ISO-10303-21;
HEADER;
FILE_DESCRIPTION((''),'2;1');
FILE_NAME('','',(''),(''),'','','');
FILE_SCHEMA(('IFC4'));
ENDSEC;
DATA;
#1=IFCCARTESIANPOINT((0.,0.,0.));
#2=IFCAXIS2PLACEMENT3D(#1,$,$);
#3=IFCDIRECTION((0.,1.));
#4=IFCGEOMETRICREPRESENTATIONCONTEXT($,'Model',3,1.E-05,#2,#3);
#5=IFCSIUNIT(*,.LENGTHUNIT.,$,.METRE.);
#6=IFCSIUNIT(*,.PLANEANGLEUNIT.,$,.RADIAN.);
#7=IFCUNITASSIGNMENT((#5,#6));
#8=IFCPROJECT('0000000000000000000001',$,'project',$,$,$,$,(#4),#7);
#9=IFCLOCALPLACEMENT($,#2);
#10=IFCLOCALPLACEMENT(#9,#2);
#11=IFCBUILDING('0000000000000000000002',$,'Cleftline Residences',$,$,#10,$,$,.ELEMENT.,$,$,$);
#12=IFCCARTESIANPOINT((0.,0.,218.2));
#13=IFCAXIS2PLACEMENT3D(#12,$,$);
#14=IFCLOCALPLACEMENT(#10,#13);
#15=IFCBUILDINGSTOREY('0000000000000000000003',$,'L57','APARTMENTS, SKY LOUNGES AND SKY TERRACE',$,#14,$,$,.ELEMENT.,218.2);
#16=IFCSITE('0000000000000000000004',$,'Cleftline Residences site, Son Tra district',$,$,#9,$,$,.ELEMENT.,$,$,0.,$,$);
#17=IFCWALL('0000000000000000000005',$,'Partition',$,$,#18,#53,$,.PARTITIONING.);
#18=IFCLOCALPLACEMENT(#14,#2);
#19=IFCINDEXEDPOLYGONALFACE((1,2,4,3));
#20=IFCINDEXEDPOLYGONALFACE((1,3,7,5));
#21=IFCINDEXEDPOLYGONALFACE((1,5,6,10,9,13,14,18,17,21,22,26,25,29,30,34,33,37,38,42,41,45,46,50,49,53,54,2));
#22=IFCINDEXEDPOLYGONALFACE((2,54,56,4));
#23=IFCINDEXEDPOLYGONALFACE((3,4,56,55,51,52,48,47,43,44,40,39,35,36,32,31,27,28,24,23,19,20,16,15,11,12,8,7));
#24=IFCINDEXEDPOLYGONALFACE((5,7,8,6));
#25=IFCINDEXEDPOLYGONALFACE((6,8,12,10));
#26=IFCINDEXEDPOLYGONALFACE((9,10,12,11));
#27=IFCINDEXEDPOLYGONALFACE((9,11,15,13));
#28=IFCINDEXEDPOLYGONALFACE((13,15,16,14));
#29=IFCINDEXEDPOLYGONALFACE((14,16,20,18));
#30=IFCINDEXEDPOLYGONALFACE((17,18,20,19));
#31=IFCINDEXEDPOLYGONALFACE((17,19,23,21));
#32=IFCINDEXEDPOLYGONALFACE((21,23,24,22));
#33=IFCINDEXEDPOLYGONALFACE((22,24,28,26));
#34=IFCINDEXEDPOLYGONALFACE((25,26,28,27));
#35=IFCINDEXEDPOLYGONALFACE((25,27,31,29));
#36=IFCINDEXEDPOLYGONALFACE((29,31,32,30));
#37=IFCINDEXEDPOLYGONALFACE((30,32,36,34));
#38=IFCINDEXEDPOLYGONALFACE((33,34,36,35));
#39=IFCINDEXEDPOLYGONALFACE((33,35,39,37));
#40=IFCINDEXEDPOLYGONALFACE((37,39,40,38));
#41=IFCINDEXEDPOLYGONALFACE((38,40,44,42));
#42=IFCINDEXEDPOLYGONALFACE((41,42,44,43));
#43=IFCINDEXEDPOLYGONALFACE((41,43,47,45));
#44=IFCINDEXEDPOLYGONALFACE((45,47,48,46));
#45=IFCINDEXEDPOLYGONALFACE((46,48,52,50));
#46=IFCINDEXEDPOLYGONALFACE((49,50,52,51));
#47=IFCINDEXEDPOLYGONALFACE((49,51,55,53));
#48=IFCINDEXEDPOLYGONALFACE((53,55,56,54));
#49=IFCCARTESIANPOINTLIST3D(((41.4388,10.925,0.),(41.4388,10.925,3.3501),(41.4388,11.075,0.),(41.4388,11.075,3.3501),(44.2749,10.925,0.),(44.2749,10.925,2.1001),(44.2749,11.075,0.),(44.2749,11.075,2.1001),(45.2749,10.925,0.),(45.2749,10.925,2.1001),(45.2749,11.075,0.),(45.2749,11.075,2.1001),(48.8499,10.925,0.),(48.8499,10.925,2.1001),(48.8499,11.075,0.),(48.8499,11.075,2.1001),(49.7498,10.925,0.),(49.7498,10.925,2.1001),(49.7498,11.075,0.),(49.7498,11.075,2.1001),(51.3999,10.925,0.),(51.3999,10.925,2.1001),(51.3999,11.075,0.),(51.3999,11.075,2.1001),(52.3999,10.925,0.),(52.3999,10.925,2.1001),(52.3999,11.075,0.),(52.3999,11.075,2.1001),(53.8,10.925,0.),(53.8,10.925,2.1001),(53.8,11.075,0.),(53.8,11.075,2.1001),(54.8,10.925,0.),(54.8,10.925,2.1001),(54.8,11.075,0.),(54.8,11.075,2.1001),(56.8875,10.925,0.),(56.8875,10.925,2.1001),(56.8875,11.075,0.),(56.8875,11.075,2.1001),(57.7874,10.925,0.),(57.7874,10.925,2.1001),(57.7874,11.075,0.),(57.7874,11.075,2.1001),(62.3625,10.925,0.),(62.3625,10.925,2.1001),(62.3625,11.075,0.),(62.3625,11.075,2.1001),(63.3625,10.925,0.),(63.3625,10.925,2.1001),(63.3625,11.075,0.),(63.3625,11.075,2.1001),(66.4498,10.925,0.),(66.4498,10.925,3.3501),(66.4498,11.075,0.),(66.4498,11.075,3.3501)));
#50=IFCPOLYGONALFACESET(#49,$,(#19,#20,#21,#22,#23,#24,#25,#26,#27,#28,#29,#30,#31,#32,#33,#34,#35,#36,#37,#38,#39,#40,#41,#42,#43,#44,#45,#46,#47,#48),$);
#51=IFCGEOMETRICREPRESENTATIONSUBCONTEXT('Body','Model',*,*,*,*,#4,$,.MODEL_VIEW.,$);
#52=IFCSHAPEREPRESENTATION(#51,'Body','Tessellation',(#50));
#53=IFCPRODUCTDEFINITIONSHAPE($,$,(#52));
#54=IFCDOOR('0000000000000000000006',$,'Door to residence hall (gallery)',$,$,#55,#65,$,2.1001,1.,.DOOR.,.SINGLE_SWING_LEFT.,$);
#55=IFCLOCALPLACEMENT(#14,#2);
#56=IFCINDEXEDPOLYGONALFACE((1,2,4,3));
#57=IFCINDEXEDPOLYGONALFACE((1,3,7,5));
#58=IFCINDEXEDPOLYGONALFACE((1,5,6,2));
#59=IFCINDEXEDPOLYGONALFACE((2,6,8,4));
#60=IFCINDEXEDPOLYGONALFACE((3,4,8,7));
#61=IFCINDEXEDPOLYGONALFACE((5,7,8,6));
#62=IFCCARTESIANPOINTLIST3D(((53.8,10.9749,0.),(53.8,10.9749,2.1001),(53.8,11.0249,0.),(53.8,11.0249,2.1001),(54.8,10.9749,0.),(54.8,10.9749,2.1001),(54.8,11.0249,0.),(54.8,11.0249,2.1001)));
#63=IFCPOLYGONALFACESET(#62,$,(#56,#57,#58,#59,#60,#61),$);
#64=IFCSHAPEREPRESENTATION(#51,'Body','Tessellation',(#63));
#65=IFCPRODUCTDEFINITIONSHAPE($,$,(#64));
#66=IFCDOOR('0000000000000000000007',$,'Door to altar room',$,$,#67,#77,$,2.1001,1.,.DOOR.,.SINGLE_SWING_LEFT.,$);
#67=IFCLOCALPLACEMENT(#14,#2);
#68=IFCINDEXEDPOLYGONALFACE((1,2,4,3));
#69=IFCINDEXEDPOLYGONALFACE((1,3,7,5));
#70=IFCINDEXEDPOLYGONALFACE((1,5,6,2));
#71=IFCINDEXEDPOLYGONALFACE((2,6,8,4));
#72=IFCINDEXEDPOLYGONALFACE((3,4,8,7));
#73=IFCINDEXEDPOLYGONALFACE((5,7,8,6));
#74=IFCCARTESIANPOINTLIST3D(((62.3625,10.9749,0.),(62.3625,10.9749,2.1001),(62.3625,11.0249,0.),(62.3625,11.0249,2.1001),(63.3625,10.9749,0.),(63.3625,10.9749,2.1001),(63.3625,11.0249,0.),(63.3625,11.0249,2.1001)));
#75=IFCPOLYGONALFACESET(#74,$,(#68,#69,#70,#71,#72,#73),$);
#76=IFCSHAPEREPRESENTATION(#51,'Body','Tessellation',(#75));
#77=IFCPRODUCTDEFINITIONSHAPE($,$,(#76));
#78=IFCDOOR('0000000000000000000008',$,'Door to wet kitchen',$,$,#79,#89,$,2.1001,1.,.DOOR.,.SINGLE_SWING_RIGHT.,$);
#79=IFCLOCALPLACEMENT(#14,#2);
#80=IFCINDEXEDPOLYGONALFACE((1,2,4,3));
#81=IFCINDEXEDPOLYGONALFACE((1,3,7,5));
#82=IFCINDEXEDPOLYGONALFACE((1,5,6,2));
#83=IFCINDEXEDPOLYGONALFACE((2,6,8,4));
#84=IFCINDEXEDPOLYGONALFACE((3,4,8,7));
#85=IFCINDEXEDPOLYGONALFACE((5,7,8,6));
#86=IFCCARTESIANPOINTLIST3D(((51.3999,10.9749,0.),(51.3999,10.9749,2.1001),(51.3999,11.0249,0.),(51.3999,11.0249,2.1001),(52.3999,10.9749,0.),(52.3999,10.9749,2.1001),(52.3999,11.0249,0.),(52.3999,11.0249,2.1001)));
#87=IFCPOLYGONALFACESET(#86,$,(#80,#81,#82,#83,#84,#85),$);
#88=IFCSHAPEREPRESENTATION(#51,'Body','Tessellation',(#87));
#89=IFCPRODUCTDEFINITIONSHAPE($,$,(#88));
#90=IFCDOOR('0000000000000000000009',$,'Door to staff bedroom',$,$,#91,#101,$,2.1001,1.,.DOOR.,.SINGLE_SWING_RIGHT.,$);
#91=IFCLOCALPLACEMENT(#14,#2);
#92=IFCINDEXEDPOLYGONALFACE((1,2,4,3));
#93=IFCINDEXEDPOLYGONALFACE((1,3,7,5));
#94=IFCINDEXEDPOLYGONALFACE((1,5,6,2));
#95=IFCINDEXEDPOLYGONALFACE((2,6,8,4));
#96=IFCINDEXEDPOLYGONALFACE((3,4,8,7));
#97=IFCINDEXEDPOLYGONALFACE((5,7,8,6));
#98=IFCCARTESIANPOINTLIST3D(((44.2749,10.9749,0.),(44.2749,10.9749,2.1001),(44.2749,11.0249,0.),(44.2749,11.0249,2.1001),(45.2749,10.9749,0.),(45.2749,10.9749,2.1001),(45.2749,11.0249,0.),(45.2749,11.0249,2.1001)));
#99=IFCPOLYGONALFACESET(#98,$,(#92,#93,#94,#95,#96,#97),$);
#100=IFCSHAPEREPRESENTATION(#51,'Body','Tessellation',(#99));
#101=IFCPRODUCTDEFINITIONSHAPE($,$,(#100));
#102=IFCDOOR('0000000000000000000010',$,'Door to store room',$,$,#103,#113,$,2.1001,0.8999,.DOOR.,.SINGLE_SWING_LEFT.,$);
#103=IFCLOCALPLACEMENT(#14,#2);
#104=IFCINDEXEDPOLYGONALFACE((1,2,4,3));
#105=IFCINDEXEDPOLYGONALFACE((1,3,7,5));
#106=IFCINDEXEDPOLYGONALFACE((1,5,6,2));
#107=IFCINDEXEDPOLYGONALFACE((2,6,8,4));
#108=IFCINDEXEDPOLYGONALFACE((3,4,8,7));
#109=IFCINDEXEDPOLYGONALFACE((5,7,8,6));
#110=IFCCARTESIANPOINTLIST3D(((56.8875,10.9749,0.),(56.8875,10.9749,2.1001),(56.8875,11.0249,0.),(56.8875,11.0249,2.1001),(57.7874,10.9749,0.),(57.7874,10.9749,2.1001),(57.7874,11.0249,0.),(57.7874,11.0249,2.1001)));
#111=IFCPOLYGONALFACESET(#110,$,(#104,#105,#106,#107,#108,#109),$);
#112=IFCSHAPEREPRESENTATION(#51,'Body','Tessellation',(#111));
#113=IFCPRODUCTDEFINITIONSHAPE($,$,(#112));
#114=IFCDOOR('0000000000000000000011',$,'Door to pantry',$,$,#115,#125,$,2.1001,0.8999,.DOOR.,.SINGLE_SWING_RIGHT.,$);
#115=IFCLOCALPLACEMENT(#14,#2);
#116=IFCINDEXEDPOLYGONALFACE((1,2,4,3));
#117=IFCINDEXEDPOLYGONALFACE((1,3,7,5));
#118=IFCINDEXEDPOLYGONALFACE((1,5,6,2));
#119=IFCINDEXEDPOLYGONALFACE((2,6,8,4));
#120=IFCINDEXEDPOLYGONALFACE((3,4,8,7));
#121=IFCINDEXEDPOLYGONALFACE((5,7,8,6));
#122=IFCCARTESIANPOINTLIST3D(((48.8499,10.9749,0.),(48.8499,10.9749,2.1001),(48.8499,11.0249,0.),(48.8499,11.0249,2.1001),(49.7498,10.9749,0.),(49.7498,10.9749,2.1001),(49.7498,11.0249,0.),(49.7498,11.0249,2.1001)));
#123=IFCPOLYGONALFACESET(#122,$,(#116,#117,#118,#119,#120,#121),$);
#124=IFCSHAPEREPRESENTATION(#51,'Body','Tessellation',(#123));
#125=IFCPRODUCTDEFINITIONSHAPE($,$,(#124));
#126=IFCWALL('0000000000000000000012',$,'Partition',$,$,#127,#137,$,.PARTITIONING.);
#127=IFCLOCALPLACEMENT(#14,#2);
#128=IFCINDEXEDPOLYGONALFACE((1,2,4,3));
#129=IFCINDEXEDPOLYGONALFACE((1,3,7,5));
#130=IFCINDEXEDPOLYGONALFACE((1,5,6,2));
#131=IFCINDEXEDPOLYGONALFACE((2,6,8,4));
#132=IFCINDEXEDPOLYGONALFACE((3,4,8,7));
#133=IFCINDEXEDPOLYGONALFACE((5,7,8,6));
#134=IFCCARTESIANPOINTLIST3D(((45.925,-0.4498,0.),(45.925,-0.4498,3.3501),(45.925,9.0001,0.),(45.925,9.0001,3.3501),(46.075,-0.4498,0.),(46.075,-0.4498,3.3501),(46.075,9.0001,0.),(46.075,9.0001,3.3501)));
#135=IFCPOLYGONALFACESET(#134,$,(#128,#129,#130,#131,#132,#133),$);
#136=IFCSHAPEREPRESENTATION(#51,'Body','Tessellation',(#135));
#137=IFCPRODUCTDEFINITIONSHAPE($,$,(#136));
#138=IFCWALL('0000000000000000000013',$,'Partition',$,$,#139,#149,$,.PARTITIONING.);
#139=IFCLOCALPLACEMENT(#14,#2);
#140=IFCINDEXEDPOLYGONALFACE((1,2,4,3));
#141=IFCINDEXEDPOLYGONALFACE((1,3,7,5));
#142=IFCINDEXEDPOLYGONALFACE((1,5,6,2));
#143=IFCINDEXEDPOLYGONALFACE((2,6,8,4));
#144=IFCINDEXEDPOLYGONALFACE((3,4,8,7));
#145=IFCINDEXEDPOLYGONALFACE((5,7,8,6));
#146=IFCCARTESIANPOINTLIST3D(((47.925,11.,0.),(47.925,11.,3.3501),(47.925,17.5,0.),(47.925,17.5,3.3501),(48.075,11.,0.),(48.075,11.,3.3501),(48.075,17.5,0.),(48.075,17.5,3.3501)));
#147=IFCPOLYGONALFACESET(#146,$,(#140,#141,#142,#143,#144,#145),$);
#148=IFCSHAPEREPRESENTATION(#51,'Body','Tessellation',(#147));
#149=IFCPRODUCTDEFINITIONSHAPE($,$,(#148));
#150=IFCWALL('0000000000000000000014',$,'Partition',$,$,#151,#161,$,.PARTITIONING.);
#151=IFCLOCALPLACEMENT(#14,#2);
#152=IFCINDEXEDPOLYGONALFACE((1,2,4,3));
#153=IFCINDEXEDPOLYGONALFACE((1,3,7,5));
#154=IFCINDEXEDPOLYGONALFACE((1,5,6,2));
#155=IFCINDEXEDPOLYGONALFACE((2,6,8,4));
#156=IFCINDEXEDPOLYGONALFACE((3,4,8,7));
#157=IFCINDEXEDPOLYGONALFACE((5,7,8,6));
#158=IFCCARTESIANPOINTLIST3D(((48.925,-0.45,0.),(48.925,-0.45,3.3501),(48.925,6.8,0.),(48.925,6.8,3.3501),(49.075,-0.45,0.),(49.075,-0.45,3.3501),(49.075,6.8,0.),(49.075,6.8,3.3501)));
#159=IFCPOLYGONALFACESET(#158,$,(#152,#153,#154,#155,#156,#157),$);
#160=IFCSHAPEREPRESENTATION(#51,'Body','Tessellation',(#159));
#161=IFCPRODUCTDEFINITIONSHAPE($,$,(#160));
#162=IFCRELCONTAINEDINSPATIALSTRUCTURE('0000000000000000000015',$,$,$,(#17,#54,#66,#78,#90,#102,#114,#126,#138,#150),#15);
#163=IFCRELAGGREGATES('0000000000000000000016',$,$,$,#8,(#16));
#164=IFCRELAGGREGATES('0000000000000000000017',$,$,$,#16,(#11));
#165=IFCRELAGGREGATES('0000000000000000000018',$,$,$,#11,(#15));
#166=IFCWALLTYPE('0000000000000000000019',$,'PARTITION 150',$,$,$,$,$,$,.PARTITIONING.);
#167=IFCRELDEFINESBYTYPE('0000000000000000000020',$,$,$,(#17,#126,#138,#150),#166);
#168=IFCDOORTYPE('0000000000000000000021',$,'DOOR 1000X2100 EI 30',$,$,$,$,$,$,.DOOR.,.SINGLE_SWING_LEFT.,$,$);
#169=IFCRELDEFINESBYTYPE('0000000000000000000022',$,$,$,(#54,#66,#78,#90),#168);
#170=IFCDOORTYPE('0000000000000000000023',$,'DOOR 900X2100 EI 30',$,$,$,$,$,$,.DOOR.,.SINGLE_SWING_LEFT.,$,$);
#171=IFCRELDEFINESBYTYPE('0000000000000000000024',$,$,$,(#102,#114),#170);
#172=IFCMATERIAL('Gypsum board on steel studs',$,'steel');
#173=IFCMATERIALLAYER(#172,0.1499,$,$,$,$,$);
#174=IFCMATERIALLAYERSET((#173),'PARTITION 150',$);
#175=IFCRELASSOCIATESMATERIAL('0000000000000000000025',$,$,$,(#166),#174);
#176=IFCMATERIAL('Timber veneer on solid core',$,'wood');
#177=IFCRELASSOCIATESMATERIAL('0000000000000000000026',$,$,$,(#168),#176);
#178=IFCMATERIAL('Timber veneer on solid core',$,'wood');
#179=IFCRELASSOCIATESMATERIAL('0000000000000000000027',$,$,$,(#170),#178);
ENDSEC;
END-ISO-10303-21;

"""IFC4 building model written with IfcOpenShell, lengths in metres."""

from ifc_helpers import new_model, si_unit, direction, frame, frame_2d, origin, place, context, subcontext, project, spatial, rectangle, extrude, material, layer, layer_set, type_object, element, fill, save


model = new_model("IFC4")

# Units and contexts
model_context = context("Model", 3, precision=1e-05, world=origin(), true_north=direction((0.0, 1.0)))
body_context = subcontext(model_context, "Body", "Model", "MODEL_VIEW")
ifc_project = project(units=[si_unit("LENGTHUNIT", "METRE"), si_unit("PLANEANGLEUNIT", "RADIAN")], contexts=[model_context])

# Site, building, storey
site_placement = place(None, origin())
site = spatial("IfcSite", under=ifc_project, at=site_placement, Name="Cleftline Residences site, Son Tra district", CompositionType="ELEMENT", RefElevation=0.0)
building_placement = place(site_placement, origin())
building = spatial("IfcBuilding", under=site, at=building_placement, Name="Cleftline Residences", CompositionType="ELEMENT")
storey_placement = place(building_placement, frame((0.0, 0.0, 218.2)))
storey = spatial("IfcBuildingStorey", under=building, at=storey_placement, Name="L57", Description="APARTMENTS, SKY LOUNGES AND SKY TERRACE", CompositionType="ELEMENT", Elevation=218.2)

# Wall, openings, doors
ifc_material_1 = material(Name="Gypsum board on steel studs", Category="steel")
ifc_layer = layer(ifc_material_1, 0.1499)
ifc_layer_set = layer_set([ifc_layer], Name="PARTITION 150")
wall_type = type_object("IfcWallType", Name="PARTITION 150", PredefinedType="PARTITIONING", material=ifc_layer_set)
wall_1_placement = place(storey_placement, frame((41.439, 11.0, 0.0), z_axis=(0.0, 0.0, 1.0), x_axis=(1.0, 0.0, 0.0)))
wall_1 = element("IfcWall", 1, at=wall_1_placement, inside=storey, type_object=wall_type, Name="Partition", PredefinedType="PARTITIONING", context=body_context, shape_type="SweptSolid", body=[
    extrude(rectangle(XDim=25.011, YDim=0.1499, at=frame_2d((12.5054, 0.0))), origin(), (0.0, 0.0, 1.0), 3.3501),
])
opening_1_placement = place(wall_1_placement, frame((12.3611, 0.0, 0.0)))
opening_1 = element("IfcOpeningElement", 2, at=opening_1_placement, cuts=wall_1, PredefinedType="OPENING", context=body_context, shape_type="SweptSolid", body=[
    extrude(rectangle(XDim=1.0, YDim=2.1001, at=frame_2d((0.5, 1.05))), frame((0.0, 0.085, 0.0), z_axis=(0.0, -1.0, 0.0), x_axis=(1.0, 0.0, 0.0)), (0.0, 0.0, 1.0), 0.1699),
])
opening_2_placement = place(wall_1_placement, frame((20.9236, 0.0, 0.0)))
opening_2 = element("IfcOpeningElement", 3, at=opening_2_placement, cuts=wall_1, PredefinedType="OPENING", context=body_context, shape_type="SweptSolid", body=[
    extrude(rectangle(XDim=1.0, YDim=2.1001, at=frame_2d((0.5, 1.05))), frame((0.0, 0.085, 0.0), z_axis=(0.0, -1.0, 0.0), x_axis=(1.0, 0.0, 0.0)), (0.0, 0.0, 1.0), 0.1699),
])
opening_3_placement = place(wall_1_placement, frame((15.4485, 0.0, 0.0)))
opening_3 = element("IfcOpeningElement", 4, at=opening_3_placement, cuts=wall_1, PredefinedType="OPENING", context=body_context, shape_type="SweptSolid", body=[
    extrude(rectangle(XDim=0.8999, YDim=2.1001, at=frame_2d((0.45, 1.05))), frame((0.0, 0.085, 0.0), z_axis=(0.0, -1.0, 0.0), x_axis=(1.0, 0.0, 0.0)), (0.0, 0.0, 1.0), 0.1699),
])
opening_4_placement = place(wall_1_placement, frame((9.9609, 0.0, 0.0)))
opening_4 = element("IfcOpeningElement", 5, at=opening_4_placement, cuts=wall_1, PredefinedType="OPENING", context=body_context, shape_type="SweptSolid", body=[
    extrude(rectangle(XDim=1.0, YDim=2.1001, at=frame_2d((0.5, 1.05))), frame((0.0, 0.085, 0.0), z_axis=(0.0, -1.0, 0.0), x_axis=(1.0, 0.0, 0.0)), (0.0, 0.0, 1.0), 0.1699),
])
opening_5_placement = place(wall_1_placement, frame((7.4109, 0.0, 0.0)))
opening_5 = element("IfcOpeningElement", 6, at=opening_5_placement, cuts=wall_1, PredefinedType="OPENING", context=body_context, shape_type="SweptSolid", body=[
    extrude(rectangle(XDim=0.8999, YDim=2.1001, at=frame_2d((0.45, 1.05))), frame((0.0, 0.085, 0.0), z_axis=(0.0, -1.0, 0.0), x_axis=(1.0, 0.0, 0.0)), (0.0, 0.0, 1.0), 0.1699),
])
opening_6_placement = place(wall_1_placement, frame((2.8359, 0.0, 0.0)))
opening_6 = element("IfcOpeningElement", 7, at=opening_6_placement, cuts=wall_1, PredefinedType="OPENING", context=body_context, shape_type="SweptSolid", body=[
    extrude(rectangle(XDim=1.0, YDim=2.1001, at=frame_2d((0.5, 1.05))), frame((0.0, 0.085, 0.0), z_axis=(0.0, -1.0, 0.0), x_axis=(1.0, 0.0, 0.0)), (0.0, 0.0, 1.0), 0.1699),
])
ifc_material_2 = material(Name="Timber veneer on solid core", Category="wood")
door_type_1 = type_object("IfcDoorType", Name="DOOR 1000X2100 EI 30", OperationType="SINGLE_SWING_LEFT", PredefinedType="DOOR", material=ifc_material_2)
door_1_placement = place(opening_1_placement, origin())
door_1 = element("IfcDoor", 8, at=door_1_placement, inside=storey, type_object=door_type_1, Name="Door to residence hall (gallery)", OperationType="SINGLE_SWING_LEFT", OverallHeight=2.1001, OverallWidth=1.0, PredefinedType="DOOR", context=body_context, shape_type="SweptSolid", body=[
    extrude(rectangle(XDim=1.0, YDim=2.1001, at=frame_2d((0.5, 1.05))), frame((0.0, 0.0249, 0.0), z_axis=(0.0, -1.0, 0.0), x_axis=(1.0, 0.0, 0.0)), (0.0, 0.0, 1.0), 0.05),
])
fill(opening_1, door_1)
door_2_placement = place(opening_2_placement, origin())
door_2 = element("IfcDoor", 9, at=door_2_placement, inside=storey, type_object=door_type_1, Name="Door to altar room", OperationType="SINGLE_SWING_LEFT", OverallHeight=2.1001, OverallWidth=1.0, PredefinedType="DOOR", context=body_context, shape_type="SweptSolid", body=[
    extrude(rectangle(XDim=1.0, YDim=2.1001, at=frame_2d((0.5, 1.05))), frame((0.0, 0.0249, 0.0), z_axis=(0.0, -1.0, 0.0), x_axis=(1.0, 0.0, 0.0)), (0.0, 0.0, 1.0), 0.05),
])
fill(opening_2, door_2)
door_3_placement = place(opening_4_placement, origin())
door_3 = element("IfcDoor", 10, at=door_3_placement, inside=storey, type_object=door_type_1, Name="Door to wet kitchen", OperationType="SINGLE_SWING_RIGHT", OverallHeight=2.1001, OverallWidth=1.0, PredefinedType="DOOR", context=body_context, shape_type="SweptSolid", body=[
    extrude(rectangle(XDim=1.0, YDim=2.1001, at=frame_2d((0.5, 1.05))), frame((0.0, 0.0249, 0.0), z_axis=(0.0, -1.0, 0.0), x_axis=(1.0, 0.0, 0.0)), (0.0, 0.0, 1.0), 0.05),
])
fill(opening_4, door_3)
door_4_placement = place(opening_6_placement, origin())
door_4 = element("IfcDoor", 11, at=door_4_placement, inside=storey, type_object=door_type_1, Name="Door to staff bedroom", OperationType="SINGLE_SWING_RIGHT", OverallHeight=2.1001, OverallWidth=1.0, PredefinedType="DOOR", context=body_context, shape_type="SweptSolid", body=[
    extrude(rectangle(XDim=1.0, YDim=2.1001, at=frame_2d((0.5, 1.05))), frame((0.0, 0.0249, 0.0), z_axis=(0.0, -1.0, 0.0), x_axis=(1.0, 0.0, 0.0)), (0.0, 0.0, 1.0), 0.05),
])
fill(opening_6, door_4)
ifc_material_3 = material(Name="Timber veneer on solid core", Category="wood")
door_type_2 = type_object("IfcDoorType", Name="DOOR 900X2100 EI 30", OperationType="SINGLE_SWING_LEFT", PredefinedType="DOOR", material=ifc_material_3)
door_5_placement = place(opening_3_placement, origin())
door_5 = element("IfcDoor", 12, at=door_5_placement, inside=storey, type_object=door_type_2, Name="Door to store room", OperationType="SINGLE_SWING_LEFT", OverallHeight=2.1001, OverallWidth=0.8999, PredefinedType="DOOR", context=body_context, shape_type="SweptSolid", body=[
    extrude(rectangle(XDim=0.8999, YDim=2.1001, at=frame_2d((0.45, 1.05))), frame((0.0, 0.0249, 0.0), z_axis=(0.0, -1.0, 0.0), x_axis=(1.0, 0.0, 0.0)), (0.0, 0.0, 1.0), 0.05),
])
fill(opening_3, door_5)
door_6_placement = place(opening_5_placement, origin())
door_6 = element("IfcDoor", 13, at=door_6_placement, inside=storey, type_object=door_type_2, Name="Door to pantry", OperationType="SINGLE_SWING_RIGHT", OverallHeight=2.1001, OverallWidth=0.8999, PredefinedType="DOOR", context=body_context, shape_type="SweptSolid", body=[
    extrude(rectangle(XDim=0.8999, YDim=2.1001, at=frame_2d((0.45, 1.05))), frame((0.0, 0.0249, 0.0), z_axis=(0.0, -1.0, 0.0), x_axis=(1.0, 0.0, 0.0)), (0.0, 0.0, 1.0), 0.05),
])
fill(opening_5, door_6)

# Walls
wall_2_placement = place(storey_placement, frame((46.0, -0.45, 0.0), z_axis=(0.0, 0.0, 1.0), x_axis=(0.0, 1.0, 0.0)))
element("IfcWall", 14, at=wall_2_placement, inside=storey, type_object=wall_type, Name="Partition", PredefinedType="PARTITIONING", context=body_context, shape_type="SweptSolid", body=[
    extrude(rectangle(XDim=9.45, YDim=0.1499, at=frame_2d((4.7251, 0.0))), origin(), (0.0, 0.0, 1.0), 3.3501),
])
wall_3_placement = place(storey_placement, frame((48.0, 11.0, 0.0), z_axis=(0.0, 0.0, 1.0), x_axis=(0.0, 1.0, 0.0)))
element("IfcWall", 15, at=wall_3_placement, inside=storey, type_object=wall_type, Name="Partition", PredefinedType="PARTITIONING", context=body_context, shape_type="SweptSolid", body=[
    extrude(rectangle(XDim=6.5, YDim=0.1499, at=frame_2d((3.25, 0.0))), origin(), (0.0, 0.0, 1.0), 3.3501),
])
wall_4_placement = place(storey_placement, frame((49.0, -0.45, 0.0), z_axis=(0.0, 0.0, 1.0), x_axis=(0.0, 1.0, 0.0)))
element("IfcWall", 16, at=wall_4_placement, inside=storey, type_object=wall_type, Name="Partition", PredefinedType="PARTITIONING", context=body_context, shape_type="SweptSolid", body=[
    extrude(rectangle(XDim=7.25, YDim=0.1499, at=frame_2d((3.625, 0.0))), origin(), (0.0, 0.0, 1.0), 3.3501),
])

save(model, "model.ifc")
